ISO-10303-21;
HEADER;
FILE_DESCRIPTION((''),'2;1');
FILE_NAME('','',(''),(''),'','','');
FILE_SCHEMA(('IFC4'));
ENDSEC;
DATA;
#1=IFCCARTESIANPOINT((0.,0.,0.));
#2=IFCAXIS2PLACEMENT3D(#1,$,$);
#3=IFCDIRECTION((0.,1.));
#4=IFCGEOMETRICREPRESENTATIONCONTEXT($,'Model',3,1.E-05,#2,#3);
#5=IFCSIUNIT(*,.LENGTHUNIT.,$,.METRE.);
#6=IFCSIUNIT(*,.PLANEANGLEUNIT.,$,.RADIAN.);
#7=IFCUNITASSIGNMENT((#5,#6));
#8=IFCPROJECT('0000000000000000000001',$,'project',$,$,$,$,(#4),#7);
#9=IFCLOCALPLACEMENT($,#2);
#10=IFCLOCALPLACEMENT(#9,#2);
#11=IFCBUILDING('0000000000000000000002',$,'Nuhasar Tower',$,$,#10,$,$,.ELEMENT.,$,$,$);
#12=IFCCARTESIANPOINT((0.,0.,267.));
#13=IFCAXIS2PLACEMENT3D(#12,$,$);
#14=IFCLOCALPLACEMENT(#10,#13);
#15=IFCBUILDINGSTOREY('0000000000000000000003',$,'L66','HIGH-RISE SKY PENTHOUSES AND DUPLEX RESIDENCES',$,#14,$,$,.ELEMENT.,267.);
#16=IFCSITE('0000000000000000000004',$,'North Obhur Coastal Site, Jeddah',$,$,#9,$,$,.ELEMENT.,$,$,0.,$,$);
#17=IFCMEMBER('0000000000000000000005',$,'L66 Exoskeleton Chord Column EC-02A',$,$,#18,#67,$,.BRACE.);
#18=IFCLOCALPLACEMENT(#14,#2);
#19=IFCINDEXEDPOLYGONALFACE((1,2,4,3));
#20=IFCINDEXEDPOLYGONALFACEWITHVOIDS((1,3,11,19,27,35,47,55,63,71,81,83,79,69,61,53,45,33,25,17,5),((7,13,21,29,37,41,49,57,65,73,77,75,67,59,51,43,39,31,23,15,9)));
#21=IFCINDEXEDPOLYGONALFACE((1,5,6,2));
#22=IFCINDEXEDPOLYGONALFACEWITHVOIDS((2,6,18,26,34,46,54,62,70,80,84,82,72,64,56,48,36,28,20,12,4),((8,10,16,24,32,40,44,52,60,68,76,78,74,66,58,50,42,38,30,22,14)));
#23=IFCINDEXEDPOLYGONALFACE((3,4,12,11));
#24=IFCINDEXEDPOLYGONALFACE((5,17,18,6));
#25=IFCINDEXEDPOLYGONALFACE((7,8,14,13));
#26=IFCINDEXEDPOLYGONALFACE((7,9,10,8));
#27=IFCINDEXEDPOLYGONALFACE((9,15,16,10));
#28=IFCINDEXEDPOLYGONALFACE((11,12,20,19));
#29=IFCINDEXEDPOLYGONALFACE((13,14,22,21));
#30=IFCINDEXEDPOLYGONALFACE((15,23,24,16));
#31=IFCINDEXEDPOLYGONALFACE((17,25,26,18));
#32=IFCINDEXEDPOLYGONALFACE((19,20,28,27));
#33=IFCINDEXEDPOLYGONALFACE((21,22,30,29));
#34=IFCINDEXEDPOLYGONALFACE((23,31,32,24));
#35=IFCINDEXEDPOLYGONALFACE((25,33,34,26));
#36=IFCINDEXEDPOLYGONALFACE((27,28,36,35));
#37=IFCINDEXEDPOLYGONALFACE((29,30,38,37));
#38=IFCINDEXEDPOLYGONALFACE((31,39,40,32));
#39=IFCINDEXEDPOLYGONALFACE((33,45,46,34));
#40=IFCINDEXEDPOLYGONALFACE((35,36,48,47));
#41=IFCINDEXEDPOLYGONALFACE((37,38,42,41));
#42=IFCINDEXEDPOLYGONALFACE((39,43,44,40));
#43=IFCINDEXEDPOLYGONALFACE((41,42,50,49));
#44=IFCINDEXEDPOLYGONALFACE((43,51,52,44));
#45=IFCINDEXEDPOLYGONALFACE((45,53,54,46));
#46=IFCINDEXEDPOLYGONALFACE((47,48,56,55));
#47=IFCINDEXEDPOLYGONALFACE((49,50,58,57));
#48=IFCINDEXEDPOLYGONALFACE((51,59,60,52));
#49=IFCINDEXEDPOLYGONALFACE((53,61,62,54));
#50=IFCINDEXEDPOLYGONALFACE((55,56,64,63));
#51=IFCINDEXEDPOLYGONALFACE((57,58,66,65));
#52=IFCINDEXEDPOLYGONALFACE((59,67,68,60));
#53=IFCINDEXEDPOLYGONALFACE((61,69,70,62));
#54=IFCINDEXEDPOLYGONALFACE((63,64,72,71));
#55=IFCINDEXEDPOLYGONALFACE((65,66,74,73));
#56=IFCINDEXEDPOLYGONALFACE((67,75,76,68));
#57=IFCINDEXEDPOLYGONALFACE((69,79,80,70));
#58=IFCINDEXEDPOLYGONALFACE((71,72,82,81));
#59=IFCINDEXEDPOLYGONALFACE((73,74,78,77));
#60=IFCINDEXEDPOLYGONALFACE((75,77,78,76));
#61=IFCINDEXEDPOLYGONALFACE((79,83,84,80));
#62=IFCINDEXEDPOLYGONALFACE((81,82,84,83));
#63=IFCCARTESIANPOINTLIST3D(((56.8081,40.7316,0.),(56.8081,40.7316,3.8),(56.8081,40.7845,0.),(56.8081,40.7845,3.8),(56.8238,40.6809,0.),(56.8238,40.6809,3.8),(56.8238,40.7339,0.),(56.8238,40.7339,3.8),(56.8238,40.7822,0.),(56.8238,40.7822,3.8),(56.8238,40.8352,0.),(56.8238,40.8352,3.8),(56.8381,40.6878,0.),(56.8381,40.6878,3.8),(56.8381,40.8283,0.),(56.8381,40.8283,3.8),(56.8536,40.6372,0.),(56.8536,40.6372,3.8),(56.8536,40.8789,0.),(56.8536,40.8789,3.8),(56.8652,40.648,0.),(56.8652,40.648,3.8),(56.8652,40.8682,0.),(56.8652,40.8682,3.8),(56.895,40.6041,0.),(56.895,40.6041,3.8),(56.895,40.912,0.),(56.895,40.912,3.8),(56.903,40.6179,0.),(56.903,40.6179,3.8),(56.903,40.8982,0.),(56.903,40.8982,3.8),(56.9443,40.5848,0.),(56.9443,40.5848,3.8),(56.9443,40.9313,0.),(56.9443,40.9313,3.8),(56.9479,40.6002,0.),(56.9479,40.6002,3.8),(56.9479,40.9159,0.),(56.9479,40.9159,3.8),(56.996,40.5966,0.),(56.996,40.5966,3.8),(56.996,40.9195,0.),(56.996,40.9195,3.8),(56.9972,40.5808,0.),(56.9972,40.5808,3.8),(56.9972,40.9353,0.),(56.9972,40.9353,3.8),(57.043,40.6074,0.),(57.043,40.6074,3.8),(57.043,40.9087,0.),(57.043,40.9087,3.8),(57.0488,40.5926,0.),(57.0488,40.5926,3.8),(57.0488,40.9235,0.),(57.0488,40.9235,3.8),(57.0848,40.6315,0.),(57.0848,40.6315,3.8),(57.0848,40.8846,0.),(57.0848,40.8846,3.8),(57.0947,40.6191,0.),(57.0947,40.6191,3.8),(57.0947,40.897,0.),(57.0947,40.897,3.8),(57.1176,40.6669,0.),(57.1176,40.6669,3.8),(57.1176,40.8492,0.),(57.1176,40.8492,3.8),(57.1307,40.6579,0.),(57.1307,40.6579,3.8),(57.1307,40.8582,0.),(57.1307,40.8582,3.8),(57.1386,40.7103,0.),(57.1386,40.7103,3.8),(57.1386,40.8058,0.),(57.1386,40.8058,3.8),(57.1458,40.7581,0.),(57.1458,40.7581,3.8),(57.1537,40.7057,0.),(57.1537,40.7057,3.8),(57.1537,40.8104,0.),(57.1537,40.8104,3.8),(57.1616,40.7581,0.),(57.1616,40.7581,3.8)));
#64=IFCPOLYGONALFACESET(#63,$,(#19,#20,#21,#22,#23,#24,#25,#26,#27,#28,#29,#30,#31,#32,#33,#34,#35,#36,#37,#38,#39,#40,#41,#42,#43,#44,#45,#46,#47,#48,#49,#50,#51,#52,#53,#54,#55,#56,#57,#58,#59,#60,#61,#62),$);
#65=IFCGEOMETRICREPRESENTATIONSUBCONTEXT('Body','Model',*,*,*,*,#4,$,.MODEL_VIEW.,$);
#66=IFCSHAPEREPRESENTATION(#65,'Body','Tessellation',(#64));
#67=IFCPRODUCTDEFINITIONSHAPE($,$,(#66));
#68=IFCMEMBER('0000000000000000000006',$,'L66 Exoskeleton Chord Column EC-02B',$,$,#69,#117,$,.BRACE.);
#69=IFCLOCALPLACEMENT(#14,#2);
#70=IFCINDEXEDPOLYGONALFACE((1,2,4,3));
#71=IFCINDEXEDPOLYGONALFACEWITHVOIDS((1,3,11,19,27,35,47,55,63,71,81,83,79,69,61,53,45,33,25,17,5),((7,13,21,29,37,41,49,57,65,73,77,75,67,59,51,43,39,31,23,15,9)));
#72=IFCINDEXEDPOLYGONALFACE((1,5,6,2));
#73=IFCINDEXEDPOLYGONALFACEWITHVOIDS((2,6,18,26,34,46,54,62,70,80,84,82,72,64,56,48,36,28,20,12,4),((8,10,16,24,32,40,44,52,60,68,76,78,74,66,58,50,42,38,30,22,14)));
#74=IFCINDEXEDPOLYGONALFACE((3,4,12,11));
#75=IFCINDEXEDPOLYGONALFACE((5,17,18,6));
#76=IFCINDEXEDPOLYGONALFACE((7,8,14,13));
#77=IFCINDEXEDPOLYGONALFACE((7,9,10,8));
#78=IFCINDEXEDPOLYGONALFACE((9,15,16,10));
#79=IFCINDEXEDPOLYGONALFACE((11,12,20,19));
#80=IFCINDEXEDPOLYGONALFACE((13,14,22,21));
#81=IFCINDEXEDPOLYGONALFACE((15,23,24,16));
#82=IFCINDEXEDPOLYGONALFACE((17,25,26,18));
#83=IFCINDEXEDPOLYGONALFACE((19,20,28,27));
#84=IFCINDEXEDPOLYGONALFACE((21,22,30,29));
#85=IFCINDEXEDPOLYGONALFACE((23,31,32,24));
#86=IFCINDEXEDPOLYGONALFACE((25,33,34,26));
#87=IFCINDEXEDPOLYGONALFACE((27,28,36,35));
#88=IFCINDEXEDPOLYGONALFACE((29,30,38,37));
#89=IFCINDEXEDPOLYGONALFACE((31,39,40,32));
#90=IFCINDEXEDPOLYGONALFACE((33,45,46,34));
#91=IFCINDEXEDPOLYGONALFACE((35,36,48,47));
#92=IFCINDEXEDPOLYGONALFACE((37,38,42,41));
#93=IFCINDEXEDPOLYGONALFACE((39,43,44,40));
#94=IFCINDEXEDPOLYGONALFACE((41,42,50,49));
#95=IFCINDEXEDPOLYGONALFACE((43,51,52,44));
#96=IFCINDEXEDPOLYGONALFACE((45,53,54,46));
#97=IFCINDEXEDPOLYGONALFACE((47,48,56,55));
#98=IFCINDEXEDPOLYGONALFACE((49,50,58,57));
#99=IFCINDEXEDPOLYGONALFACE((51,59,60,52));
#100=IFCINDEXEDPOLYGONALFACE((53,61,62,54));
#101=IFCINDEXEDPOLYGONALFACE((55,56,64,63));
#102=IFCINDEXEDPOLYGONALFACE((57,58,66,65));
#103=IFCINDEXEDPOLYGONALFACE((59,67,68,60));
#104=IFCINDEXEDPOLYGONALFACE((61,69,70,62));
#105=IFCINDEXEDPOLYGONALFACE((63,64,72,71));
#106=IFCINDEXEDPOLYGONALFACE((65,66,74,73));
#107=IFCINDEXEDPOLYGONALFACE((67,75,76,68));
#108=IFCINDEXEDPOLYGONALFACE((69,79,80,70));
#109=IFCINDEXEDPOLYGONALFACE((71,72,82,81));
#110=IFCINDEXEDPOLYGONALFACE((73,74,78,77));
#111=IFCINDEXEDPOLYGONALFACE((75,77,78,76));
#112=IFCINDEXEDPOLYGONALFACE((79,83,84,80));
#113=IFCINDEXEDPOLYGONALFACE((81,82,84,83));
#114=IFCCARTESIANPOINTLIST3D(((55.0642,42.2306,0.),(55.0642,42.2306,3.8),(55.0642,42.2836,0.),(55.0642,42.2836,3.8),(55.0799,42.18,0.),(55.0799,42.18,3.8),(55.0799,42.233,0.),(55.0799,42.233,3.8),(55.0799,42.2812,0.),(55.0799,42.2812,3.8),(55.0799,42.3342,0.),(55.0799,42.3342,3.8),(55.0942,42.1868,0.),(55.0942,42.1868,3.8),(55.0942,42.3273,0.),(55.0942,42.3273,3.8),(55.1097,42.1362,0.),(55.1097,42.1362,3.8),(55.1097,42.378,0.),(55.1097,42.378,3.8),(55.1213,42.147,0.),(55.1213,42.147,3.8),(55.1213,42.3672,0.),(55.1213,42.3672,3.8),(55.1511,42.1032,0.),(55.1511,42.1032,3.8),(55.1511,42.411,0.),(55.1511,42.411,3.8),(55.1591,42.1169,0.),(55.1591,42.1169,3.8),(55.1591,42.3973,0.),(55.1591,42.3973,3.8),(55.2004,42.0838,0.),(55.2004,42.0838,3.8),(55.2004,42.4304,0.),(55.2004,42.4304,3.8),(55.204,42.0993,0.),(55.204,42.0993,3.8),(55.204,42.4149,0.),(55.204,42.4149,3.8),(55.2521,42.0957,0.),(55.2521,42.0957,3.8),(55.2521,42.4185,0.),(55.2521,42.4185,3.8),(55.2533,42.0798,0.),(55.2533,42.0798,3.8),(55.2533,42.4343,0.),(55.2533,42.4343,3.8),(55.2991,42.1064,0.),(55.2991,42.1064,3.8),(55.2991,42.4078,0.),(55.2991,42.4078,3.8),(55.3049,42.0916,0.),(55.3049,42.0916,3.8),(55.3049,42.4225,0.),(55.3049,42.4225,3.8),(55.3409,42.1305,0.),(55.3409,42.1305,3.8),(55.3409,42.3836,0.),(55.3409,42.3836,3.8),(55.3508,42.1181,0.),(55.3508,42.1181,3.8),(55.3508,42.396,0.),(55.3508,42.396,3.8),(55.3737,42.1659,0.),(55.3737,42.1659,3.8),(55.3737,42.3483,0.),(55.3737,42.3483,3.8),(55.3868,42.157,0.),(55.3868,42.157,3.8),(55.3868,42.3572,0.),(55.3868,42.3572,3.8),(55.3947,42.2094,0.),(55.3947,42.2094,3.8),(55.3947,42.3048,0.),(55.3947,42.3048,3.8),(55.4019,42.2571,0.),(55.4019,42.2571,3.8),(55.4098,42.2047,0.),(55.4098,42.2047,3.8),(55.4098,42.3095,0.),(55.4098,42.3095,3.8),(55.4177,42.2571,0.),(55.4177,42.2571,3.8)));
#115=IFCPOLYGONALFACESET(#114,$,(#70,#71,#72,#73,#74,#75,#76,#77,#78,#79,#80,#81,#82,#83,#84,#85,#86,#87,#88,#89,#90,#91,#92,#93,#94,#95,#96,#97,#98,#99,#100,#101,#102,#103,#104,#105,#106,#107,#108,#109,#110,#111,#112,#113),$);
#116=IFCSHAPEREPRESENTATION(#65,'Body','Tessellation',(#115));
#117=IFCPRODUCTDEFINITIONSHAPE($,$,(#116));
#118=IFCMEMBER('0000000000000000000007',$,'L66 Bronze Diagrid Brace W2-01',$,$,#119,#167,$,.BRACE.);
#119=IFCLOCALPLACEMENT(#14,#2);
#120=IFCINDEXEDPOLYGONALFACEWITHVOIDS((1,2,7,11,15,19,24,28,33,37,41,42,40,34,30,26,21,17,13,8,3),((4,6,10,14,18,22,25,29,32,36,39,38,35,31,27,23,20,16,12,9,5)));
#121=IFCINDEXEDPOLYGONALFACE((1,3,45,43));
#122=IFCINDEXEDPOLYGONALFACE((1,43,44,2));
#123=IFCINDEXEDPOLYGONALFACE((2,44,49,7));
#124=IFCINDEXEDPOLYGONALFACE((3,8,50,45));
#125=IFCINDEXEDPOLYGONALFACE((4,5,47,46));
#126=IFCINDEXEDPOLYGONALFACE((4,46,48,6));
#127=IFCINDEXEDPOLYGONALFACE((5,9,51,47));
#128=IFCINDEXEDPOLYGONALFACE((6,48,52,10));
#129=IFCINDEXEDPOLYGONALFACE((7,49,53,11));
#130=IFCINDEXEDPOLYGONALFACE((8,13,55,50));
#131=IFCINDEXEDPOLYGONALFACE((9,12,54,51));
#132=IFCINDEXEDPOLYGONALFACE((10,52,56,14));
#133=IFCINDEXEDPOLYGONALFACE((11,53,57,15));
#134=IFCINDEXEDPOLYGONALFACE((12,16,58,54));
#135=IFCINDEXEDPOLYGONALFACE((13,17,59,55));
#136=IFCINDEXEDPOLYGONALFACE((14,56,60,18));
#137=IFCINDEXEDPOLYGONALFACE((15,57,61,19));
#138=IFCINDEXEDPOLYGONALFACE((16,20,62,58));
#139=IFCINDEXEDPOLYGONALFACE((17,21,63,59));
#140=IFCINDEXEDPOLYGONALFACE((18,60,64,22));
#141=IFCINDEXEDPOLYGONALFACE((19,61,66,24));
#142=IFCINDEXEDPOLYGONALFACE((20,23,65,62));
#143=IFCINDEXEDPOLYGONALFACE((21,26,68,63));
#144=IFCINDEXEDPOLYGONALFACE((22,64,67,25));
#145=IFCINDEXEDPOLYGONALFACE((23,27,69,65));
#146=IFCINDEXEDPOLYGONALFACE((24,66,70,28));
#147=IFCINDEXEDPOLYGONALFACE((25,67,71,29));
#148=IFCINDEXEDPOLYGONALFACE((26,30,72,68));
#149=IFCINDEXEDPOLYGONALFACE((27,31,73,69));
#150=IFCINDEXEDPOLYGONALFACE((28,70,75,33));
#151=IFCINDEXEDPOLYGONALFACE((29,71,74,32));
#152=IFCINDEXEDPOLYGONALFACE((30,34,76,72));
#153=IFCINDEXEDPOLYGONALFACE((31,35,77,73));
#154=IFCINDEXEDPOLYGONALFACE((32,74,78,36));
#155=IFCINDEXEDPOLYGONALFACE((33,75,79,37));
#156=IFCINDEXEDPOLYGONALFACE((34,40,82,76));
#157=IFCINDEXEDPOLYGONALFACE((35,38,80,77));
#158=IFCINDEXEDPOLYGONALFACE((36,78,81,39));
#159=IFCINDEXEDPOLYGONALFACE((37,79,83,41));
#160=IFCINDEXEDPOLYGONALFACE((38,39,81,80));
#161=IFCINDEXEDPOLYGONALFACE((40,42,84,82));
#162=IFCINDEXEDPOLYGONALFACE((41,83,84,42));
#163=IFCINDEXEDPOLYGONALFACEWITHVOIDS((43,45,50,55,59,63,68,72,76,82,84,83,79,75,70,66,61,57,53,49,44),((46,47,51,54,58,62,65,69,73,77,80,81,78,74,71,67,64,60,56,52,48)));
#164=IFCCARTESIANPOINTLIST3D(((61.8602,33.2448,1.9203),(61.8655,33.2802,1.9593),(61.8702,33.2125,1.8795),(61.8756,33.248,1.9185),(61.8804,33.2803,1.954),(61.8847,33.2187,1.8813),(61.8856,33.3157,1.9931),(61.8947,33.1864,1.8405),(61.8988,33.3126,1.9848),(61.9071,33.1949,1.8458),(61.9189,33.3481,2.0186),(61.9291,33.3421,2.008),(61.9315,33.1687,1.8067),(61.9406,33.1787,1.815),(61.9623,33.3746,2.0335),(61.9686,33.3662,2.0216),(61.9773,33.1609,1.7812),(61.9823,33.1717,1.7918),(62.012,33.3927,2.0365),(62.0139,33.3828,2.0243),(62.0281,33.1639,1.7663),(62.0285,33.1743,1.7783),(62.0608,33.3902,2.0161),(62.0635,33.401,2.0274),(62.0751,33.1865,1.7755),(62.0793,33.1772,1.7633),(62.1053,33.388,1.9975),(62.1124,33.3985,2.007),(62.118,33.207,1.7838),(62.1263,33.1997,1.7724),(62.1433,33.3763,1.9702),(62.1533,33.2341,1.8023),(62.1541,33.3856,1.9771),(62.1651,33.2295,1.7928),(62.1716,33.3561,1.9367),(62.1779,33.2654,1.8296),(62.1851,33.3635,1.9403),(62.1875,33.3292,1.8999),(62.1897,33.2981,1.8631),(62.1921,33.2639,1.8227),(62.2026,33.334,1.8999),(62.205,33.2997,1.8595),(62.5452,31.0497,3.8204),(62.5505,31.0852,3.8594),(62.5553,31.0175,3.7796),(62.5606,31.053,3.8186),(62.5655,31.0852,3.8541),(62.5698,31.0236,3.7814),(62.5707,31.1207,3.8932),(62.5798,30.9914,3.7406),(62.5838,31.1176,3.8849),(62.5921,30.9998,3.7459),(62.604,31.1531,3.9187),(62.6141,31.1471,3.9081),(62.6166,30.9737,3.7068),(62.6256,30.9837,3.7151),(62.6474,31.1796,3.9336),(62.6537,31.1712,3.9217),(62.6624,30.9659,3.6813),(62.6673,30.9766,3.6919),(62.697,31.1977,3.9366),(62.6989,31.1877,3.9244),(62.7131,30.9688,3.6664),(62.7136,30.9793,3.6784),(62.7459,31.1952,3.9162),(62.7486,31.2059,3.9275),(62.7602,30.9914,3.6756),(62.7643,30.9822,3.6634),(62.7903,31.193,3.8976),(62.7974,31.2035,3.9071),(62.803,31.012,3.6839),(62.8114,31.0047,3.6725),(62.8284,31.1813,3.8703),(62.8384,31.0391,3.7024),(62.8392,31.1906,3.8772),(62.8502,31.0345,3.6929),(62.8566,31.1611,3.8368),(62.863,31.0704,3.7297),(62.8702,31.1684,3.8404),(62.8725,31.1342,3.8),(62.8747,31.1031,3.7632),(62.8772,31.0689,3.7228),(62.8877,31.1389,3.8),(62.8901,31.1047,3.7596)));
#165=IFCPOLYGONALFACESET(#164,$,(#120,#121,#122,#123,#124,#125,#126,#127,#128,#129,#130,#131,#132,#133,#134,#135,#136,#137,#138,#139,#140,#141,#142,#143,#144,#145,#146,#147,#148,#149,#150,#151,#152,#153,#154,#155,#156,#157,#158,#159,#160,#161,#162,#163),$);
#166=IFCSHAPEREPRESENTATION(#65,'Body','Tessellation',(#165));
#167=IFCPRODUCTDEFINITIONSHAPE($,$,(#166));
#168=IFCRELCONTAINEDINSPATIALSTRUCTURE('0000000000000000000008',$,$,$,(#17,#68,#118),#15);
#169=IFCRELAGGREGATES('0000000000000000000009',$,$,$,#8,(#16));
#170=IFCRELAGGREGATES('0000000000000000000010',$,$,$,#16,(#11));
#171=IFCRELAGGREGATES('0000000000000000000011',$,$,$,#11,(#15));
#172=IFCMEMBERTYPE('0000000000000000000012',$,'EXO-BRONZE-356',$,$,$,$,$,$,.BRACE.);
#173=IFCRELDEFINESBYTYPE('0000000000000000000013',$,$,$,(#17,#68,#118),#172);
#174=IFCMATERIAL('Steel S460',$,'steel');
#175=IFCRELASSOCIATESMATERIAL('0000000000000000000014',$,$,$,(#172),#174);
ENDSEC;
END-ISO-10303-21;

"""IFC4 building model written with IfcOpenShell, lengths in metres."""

from ifc_helpers import new_model, si_unit, direction, frame, origin, origin_2d, place, context, subcontext, project, spatial, hollow_circle, extrude, material, material_profile, profile_set, type_object, element, save


model = new_model("IFC4")

# Units and contexts
model_context = context("Model", 3, precision=1e-05, world=origin(), true_north=direction((0.0, 1.0)))
body_context = subcontext(model_context, "Body", "Model", "MODEL_VIEW")
ifc_project = project(units=[si_unit("LENGTHUNIT", "METRE"), si_unit("PLANEANGLEUNIT", "RADIAN")], contexts=[model_context])

# Site, building, storey
site_placement = place(None, origin())
site = spatial("IfcSite", under=ifc_project, at=site_placement, Name="North Obhur Coastal Site, Jeddah", CompositionType="ELEMENT", RefElevation=0.0)
building_placement = place(site_placement, origin())
building = spatial("IfcBuilding", under=site, at=building_placement, Name="Nuhasar Tower", CompositionType="ELEMENT")
storey_placement = place(building_placement, frame((0.0, 0.0, 267.0)))
storey = spatial("IfcBuildingStorey", under=building, at=storey_placement, Name="L66", Description="HIGH-RISE SKY PENTHOUSES AND DUPLEX RESIDENCES", CompositionType="ELEMENT", Elevation=267.0)

# Members
ifc_material_1 = material(Name="Steel S460", Category="steel")
ifc_material_profile_1 = material_profile(ifc_material_1, hollow_circle(Radius=0.1777, WallThickness=0.0159, at=origin_2d()), Name="HSS355.6X15.9")
ifc_profile_set_1 = profile_set([ifc_material_profile_1], Name="Steel S460")
member_type_1 = type_object("IfcMemberType", Name="EXO-BRONZE-356", PredefinedType="BRACE", material=ifc_profile_set_1)
for number, where, z_axis, x_axis, name in (
    (1, (56.9839, 40.7581, 0.0), (0.0, 0.0, 1.0), (1.0, 0.0, 0.0), "L66 Exoskeleton Chord Column EC-02A"),
    (2, (55.24, 42.2571, 0.0), (0.0, 0.0, 1.0), (1.0, 0.0, 0.0), "L66 Exoskeleton Chord Column EC-02B"),
):
    element("IfcMember", number, at=place(storey_placement, frame(where, z_axis=z_axis, x_axis=x_axis)), inside=storey, type_object=member_type_1, Name=name, PredefinedType="BRACE", context=body_context, shape_type="SweptSolid", body=[
        extrude(hollow_circle(Radius=0.1777, WallThickness=0.0159, at=origin_2d()), origin(), (0.0, 0.0, 1.0), 3.8),
    ])
for number, where, z_axis, x_axis, name in (
    (3, (62.033, 33.281, 1.8999), (0.229656, -0.735864, 0.636995), (0.954591, 0.297918, 0.0), "L66 Bronze Diagrid Brace W2-01"),
):
    element("IfcMember", number, at=place(storey_placement, frame(where, z_axis=z_axis, x_axis=x_axis)), inside=storey, type_object=member_type_1, Name=name, PredefinedType="BRACE", context=body_context, shape_type="SweptSolid", body=[
        extrude(hollow_circle(Radius=0.1777, WallThickness=0.0159, at=origin_2d()), origin(), (0.0, 0.0, 1.0), 2.9829),
    ])

save(model, "model.ifc")
